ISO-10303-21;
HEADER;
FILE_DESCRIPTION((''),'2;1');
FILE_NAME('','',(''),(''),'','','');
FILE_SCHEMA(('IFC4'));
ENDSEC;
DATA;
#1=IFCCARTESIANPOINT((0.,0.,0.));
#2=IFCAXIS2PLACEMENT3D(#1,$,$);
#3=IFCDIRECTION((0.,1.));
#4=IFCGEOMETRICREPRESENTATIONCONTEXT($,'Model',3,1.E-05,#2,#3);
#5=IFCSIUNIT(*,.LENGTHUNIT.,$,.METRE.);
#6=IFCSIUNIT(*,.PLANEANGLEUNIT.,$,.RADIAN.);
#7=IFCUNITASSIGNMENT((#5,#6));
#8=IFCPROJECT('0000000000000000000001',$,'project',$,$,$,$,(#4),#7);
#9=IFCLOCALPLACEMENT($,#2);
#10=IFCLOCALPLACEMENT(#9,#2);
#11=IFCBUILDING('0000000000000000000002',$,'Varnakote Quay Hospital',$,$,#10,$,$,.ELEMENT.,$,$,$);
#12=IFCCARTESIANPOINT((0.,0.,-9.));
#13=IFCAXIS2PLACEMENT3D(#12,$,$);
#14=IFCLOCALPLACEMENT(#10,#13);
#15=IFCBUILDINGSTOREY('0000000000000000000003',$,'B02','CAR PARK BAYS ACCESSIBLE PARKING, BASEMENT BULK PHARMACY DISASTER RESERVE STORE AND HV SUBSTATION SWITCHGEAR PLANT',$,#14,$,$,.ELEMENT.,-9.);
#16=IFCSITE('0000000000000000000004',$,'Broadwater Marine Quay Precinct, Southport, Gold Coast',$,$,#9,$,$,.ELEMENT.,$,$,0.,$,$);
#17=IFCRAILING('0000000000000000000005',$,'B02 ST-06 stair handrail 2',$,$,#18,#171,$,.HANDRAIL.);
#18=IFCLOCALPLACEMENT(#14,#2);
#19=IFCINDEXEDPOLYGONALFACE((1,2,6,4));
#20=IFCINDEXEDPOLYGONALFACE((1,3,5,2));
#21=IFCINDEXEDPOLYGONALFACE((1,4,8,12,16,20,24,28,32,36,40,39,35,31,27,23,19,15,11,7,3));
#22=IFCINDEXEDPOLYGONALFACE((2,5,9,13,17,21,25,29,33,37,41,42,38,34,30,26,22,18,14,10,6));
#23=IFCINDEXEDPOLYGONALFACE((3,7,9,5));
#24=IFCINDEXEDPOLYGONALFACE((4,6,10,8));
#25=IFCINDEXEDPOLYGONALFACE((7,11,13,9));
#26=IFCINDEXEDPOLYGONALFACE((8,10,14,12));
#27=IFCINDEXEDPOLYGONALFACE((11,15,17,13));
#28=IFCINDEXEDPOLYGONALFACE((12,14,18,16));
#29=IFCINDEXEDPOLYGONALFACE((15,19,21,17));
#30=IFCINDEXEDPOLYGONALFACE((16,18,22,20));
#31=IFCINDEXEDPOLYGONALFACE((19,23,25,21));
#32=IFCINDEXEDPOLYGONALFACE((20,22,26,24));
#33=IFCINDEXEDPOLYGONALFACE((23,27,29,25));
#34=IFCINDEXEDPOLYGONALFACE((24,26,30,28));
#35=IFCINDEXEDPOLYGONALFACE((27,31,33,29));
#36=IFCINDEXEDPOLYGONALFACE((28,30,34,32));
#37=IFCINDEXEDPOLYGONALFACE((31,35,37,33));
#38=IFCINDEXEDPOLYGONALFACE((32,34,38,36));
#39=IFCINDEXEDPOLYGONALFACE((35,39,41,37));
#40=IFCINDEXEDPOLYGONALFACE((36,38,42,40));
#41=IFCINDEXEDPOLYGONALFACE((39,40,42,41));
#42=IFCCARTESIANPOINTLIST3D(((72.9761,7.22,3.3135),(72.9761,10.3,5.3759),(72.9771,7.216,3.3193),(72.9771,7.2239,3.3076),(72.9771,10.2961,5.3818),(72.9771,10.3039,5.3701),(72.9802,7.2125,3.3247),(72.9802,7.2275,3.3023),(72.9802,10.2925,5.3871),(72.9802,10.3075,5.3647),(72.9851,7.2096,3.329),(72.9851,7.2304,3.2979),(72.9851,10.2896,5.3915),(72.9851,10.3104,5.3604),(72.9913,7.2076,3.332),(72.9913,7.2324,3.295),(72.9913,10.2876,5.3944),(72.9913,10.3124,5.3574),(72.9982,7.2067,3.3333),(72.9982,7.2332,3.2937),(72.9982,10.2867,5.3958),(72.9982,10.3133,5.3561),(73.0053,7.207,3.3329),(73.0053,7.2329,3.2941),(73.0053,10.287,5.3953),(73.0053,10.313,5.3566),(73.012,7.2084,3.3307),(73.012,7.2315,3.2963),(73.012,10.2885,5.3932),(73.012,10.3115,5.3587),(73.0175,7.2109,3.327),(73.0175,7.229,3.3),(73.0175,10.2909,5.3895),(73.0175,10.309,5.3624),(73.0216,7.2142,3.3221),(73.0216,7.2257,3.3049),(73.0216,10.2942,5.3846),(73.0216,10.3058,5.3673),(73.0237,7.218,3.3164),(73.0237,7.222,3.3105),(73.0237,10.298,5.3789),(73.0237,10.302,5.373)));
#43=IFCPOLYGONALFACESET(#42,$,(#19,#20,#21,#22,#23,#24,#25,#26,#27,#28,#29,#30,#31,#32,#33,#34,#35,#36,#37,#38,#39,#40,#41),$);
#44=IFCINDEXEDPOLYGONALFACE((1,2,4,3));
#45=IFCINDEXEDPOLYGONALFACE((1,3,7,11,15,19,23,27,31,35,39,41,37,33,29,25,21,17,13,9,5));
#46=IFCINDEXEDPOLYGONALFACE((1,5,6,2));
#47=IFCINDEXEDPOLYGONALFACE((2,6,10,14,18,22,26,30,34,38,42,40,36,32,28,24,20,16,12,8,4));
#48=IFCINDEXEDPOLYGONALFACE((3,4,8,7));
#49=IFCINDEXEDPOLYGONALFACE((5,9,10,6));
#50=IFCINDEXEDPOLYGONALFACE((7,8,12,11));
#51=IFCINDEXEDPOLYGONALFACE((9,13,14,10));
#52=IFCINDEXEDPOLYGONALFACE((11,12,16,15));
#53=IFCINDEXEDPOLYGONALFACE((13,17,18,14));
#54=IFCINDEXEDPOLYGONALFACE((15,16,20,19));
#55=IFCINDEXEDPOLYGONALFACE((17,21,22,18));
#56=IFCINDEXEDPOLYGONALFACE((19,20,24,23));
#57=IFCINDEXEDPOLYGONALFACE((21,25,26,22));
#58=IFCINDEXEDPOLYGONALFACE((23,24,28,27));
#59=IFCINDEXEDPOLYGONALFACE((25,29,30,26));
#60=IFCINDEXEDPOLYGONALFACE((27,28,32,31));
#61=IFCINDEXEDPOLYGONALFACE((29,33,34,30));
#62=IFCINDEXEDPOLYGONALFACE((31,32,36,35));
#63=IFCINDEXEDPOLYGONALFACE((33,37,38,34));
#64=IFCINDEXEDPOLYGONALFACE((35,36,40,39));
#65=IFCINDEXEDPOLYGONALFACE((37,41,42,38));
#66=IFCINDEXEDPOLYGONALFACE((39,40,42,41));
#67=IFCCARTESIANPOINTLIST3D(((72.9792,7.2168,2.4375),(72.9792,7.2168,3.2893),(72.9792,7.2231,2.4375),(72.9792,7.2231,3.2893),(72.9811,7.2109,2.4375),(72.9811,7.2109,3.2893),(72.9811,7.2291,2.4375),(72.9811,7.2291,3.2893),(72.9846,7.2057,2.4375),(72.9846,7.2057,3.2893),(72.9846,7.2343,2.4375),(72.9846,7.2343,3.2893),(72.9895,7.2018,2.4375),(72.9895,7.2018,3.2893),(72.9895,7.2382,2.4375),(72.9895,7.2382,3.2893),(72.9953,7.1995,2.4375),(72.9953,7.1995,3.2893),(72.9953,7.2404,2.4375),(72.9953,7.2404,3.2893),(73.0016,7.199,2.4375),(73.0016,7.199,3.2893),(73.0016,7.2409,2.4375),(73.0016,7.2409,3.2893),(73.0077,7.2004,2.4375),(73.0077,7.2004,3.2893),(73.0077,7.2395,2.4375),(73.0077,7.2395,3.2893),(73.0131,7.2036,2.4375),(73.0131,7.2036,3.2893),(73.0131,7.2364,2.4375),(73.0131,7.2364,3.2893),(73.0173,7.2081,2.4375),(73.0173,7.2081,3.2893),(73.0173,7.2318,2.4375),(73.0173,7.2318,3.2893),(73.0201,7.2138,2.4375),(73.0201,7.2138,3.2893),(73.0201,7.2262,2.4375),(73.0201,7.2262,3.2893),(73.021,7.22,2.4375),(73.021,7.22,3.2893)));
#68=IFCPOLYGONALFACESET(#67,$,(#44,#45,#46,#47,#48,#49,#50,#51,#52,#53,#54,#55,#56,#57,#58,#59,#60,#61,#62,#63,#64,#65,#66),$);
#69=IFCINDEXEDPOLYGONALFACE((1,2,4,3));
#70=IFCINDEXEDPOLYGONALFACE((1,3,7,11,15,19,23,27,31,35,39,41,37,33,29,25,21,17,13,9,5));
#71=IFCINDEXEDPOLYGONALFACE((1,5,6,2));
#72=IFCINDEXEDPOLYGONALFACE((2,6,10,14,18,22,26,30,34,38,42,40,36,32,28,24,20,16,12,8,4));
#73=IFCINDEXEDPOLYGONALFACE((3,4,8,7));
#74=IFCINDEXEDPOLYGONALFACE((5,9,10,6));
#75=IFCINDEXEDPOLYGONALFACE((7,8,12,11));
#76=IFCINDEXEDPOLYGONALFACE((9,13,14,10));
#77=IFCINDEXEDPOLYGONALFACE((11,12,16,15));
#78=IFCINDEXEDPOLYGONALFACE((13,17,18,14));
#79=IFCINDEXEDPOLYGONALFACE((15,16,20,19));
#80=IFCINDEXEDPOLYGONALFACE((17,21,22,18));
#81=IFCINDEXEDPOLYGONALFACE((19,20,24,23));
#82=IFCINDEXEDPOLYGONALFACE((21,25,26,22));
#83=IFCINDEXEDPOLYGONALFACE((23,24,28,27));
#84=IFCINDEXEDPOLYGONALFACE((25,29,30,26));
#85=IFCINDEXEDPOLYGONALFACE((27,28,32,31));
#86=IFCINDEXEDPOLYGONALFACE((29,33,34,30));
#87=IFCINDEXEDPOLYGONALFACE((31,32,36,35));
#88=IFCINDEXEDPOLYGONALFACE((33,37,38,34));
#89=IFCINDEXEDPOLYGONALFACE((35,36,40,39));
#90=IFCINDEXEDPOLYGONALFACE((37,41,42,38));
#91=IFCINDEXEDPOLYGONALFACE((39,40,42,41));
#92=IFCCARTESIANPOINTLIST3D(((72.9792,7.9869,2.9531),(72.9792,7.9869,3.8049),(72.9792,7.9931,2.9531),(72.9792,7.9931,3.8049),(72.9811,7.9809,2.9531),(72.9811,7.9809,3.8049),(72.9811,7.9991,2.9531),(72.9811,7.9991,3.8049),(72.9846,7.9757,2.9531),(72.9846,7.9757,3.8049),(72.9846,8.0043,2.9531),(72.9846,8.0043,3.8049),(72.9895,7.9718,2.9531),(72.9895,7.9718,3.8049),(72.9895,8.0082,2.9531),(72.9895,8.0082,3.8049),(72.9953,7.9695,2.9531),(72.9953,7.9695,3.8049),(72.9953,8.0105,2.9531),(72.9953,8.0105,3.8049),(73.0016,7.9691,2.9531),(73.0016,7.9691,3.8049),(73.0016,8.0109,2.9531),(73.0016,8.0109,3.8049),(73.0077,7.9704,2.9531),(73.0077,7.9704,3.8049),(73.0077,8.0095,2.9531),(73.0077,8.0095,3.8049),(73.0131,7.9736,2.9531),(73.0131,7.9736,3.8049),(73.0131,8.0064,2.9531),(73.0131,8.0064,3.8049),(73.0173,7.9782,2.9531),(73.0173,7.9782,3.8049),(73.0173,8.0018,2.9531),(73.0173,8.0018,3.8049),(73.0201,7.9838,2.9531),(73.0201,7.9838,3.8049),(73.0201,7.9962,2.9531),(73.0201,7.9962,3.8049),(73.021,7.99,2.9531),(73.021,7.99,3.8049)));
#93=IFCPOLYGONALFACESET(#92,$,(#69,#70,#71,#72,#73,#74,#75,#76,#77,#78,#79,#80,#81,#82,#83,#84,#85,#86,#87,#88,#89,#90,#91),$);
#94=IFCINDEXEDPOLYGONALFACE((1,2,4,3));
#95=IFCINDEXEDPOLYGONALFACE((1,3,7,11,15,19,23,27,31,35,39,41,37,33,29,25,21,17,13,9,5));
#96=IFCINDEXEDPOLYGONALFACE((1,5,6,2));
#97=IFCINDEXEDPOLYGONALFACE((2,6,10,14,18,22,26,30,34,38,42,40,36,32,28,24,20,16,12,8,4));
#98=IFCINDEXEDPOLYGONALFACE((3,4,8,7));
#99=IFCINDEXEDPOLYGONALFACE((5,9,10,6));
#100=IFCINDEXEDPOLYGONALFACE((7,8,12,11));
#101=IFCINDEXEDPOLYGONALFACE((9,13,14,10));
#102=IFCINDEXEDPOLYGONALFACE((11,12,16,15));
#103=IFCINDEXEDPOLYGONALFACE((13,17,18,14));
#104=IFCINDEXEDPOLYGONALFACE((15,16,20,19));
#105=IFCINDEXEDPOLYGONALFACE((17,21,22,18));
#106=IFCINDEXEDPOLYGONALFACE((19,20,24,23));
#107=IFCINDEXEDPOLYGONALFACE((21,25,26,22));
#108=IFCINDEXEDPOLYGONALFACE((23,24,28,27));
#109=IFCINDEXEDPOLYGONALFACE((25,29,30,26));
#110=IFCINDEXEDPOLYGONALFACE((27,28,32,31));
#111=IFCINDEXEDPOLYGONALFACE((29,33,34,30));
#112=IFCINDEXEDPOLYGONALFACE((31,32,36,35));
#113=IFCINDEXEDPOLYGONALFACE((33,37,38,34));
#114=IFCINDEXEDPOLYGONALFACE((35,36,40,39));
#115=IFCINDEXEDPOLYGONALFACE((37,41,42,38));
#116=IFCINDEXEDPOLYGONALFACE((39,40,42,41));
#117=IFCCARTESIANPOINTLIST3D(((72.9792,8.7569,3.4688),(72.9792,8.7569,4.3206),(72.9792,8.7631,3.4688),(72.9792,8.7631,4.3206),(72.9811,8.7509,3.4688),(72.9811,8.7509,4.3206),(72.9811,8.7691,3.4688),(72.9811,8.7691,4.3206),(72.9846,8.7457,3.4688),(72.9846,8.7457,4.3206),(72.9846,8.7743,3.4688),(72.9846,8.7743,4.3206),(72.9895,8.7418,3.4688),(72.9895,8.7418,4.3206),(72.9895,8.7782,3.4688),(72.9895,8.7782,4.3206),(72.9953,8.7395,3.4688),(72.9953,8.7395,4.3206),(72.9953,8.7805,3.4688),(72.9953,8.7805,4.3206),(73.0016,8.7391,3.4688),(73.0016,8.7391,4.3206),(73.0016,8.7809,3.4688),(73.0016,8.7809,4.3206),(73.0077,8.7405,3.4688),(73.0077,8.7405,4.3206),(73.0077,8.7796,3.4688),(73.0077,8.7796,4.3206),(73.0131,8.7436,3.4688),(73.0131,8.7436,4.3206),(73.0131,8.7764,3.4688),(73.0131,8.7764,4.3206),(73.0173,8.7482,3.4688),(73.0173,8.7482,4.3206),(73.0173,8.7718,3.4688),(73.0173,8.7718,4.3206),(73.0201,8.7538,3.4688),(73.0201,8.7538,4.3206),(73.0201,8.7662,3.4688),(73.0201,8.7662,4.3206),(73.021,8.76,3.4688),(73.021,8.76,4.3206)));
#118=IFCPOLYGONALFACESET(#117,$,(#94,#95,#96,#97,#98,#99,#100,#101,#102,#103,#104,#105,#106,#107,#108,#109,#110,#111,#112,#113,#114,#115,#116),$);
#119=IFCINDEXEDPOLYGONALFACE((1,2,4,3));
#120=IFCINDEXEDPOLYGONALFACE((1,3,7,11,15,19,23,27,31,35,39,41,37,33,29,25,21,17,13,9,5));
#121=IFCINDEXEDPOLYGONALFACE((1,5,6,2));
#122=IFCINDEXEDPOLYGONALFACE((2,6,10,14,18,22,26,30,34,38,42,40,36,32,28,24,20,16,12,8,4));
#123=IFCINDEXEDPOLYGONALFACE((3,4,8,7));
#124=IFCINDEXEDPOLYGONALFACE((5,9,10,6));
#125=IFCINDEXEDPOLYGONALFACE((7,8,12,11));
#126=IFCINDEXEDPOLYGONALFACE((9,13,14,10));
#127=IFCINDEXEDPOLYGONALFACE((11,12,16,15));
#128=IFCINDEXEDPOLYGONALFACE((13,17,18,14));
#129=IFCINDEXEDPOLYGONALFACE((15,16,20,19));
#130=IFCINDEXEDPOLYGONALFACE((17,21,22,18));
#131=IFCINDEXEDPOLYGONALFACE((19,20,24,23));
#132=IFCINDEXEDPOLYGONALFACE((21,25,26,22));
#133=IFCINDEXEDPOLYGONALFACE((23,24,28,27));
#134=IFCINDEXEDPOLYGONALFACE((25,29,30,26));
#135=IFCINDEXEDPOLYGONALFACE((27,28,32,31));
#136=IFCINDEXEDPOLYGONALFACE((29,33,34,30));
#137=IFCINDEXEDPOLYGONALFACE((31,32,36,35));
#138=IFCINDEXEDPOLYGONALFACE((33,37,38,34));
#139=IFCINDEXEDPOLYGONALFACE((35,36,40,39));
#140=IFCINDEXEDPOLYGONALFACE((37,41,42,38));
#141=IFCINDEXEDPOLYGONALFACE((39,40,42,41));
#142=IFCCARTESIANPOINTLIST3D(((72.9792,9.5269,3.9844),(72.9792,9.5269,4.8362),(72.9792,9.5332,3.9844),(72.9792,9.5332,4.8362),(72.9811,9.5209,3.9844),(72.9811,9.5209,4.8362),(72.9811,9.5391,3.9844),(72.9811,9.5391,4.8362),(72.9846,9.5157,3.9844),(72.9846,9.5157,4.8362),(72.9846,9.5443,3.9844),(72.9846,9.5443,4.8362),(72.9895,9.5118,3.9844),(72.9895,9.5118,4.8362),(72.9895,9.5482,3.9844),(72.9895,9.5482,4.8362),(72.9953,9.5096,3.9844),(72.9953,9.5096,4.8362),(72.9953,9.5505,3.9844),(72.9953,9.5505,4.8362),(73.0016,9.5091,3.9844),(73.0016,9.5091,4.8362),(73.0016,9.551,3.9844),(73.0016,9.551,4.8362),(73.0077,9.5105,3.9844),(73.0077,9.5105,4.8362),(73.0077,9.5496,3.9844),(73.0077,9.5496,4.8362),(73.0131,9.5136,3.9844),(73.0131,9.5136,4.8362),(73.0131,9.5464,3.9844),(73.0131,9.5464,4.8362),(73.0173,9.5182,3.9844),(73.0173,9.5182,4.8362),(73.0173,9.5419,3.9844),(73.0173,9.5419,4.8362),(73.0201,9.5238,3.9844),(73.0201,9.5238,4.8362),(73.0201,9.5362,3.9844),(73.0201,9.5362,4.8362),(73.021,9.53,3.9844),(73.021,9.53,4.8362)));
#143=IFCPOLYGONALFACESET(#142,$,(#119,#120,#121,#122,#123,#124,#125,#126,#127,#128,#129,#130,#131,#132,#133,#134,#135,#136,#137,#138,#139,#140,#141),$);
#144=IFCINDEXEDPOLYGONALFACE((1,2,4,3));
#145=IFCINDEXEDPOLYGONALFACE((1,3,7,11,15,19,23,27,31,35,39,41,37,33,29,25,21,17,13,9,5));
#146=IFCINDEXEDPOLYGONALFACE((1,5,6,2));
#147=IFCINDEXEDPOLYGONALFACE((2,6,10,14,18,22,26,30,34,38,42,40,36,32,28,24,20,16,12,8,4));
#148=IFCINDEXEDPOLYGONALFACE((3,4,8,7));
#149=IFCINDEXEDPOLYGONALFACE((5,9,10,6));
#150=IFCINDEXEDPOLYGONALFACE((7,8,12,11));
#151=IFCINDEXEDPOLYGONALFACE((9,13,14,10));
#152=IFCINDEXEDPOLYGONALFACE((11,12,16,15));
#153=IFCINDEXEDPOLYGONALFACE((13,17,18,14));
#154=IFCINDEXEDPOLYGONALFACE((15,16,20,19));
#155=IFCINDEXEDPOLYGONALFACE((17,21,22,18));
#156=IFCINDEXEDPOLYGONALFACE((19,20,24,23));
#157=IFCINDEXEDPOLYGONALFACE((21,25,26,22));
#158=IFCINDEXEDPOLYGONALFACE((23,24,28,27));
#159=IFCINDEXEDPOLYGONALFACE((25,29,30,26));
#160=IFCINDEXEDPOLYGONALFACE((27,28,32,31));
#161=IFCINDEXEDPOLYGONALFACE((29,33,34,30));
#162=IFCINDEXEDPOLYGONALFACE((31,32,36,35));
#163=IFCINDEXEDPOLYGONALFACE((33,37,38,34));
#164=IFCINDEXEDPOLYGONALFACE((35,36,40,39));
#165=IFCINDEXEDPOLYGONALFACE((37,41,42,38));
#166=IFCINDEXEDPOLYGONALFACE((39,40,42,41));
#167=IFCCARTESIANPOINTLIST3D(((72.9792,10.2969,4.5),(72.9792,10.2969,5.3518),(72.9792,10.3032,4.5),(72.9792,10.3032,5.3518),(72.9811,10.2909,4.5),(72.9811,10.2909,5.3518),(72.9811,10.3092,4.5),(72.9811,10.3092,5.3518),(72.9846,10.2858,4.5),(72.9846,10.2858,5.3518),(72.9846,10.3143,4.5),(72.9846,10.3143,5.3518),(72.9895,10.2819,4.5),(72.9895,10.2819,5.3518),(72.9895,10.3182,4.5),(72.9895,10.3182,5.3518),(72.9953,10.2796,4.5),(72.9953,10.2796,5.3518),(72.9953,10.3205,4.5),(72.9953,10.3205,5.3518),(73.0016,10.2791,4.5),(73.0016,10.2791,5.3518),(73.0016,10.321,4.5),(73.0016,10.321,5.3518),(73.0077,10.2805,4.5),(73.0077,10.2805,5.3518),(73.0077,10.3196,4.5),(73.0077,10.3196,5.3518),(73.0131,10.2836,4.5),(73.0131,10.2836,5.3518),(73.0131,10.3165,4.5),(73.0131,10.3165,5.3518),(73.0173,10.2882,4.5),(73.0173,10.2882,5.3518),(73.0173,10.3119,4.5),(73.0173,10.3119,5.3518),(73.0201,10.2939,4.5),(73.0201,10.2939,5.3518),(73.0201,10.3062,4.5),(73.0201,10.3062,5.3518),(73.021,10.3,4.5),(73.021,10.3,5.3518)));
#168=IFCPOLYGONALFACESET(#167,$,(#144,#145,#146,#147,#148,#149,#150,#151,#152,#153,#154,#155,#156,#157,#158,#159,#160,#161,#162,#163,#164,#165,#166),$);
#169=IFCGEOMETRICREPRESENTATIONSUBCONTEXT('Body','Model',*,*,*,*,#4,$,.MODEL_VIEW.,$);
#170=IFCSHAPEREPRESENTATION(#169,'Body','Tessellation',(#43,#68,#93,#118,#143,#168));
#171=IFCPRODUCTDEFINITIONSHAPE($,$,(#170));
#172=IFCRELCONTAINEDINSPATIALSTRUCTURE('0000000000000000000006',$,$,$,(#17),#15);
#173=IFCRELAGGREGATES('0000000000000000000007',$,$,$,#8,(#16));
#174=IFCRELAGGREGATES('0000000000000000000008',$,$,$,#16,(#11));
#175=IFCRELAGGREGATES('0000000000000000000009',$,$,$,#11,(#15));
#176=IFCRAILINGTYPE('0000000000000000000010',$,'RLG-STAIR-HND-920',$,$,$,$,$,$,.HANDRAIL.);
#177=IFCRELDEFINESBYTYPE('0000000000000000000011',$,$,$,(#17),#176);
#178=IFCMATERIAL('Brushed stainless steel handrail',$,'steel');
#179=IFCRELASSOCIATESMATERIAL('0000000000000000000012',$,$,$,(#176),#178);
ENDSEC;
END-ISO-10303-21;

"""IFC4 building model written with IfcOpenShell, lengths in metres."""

from ifc_helpers import new_model, si_unit, direction, frame, origin, origin_2d, place, context, subcontext, project, spatial, circle, extrude, material, type_object, element, save


model = new_model("IFC4")

# Units and contexts
model_context = context("Model", 3, precision=1e-05, world=origin(), true_north=direction((0.0, 1.0)))
body_context = subcontext(model_context, "Body", "Model", "MODEL_VIEW")
ifc_project = project(units=[si_unit("LENGTHUNIT", "METRE"), si_unit("PLANEANGLEUNIT", "RADIAN")], contexts=[model_context])

# Site, building, storey
site_placement = place(None, origin())
site = spatial("IfcSite", under=ifc_project, at=site_placement, Name="Broadwater Marine Quay Precinct, Southport, Gold Coast", CompositionType="ELEMENT", RefElevation=0.0)
building_placement = place(site_placement, origin())
building = spatial("IfcBuilding", under=site, at=building_placement, Name="Varnakote Quay Hospital", CompositionType="ELEMENT")
storey_placement = place(building_placement, frame((0.0, 0.0, -9.0)))
storey = spatial("IfcBuildingStorey", under=building, at=storey_placement, Name="B02", Description="CAR PARK BAYS ACCESSIBLE PARKING, BASEMENT BULK PHARMACY DISASTER RESERVE STORE AND HV SUBSTATION SWITCHGEAR PLANT", CompositionType="ELEMENT", Elevation=-9.0)

# Railing
ifc_material_1 = material(Name="Brushed stainless steel handrail", Category="steel")
railing_type_1 = type_object("IfcRailingType", Name="RLG-STAIR-HND-920", PredefinedType="HANDRAIL", material=ifc_material_1)
railing_1_placement = place(storey_placement, frame((73.0, 7.22, 2.4375)))
element("IfcRailing", 1, at=railing_1_placement, inside=storey, type_object=railing_type_1, Name="B02 ST-06 stair handrail 2", PredefinedType="HANDRAIL", context=body_context, shape_type="SweptSolid", body=[
    extrude(circle(Radius=0.0239, at=origin_2d()), frame((0.0, 0.0, 0.876), z_axis=(0.0, 0.830914, 0.556401), x_axis=(-1.0, 0.0, 0.0)), (0.0, 0.0, 1.0), 3.7068),
    extrude(circle(Radius=0.021, at=origin_2d()), origin(), (0.0, 0.0, 1.0), 0.8518),
    extrude(circle(Radius=0.021, at=origin_2d()), frame((0.0, 0.77, 0.5156)), (0.0, 0.0, 1.0), 0.8518),
    extrude(circle(Radius=0.021, at=origin_2d()), frame((0.0, 1.54, 1.0312)), (0.0, 0.0, 1.0), 0.8518),
    extrude(circle(Radius=0.021, at=origin_2d()), frame((0.0, 2.3101, 1.5469)), (0.0, 0.0, 1.0), 0.8518),
    extrude(circle(Radius=0.021, at=origin_2d()), frame((0.0, 3.0801, 2.0625)), (0.0, 0.0, 1.0), 0.8518),
])

save(model, "model.ifc")
